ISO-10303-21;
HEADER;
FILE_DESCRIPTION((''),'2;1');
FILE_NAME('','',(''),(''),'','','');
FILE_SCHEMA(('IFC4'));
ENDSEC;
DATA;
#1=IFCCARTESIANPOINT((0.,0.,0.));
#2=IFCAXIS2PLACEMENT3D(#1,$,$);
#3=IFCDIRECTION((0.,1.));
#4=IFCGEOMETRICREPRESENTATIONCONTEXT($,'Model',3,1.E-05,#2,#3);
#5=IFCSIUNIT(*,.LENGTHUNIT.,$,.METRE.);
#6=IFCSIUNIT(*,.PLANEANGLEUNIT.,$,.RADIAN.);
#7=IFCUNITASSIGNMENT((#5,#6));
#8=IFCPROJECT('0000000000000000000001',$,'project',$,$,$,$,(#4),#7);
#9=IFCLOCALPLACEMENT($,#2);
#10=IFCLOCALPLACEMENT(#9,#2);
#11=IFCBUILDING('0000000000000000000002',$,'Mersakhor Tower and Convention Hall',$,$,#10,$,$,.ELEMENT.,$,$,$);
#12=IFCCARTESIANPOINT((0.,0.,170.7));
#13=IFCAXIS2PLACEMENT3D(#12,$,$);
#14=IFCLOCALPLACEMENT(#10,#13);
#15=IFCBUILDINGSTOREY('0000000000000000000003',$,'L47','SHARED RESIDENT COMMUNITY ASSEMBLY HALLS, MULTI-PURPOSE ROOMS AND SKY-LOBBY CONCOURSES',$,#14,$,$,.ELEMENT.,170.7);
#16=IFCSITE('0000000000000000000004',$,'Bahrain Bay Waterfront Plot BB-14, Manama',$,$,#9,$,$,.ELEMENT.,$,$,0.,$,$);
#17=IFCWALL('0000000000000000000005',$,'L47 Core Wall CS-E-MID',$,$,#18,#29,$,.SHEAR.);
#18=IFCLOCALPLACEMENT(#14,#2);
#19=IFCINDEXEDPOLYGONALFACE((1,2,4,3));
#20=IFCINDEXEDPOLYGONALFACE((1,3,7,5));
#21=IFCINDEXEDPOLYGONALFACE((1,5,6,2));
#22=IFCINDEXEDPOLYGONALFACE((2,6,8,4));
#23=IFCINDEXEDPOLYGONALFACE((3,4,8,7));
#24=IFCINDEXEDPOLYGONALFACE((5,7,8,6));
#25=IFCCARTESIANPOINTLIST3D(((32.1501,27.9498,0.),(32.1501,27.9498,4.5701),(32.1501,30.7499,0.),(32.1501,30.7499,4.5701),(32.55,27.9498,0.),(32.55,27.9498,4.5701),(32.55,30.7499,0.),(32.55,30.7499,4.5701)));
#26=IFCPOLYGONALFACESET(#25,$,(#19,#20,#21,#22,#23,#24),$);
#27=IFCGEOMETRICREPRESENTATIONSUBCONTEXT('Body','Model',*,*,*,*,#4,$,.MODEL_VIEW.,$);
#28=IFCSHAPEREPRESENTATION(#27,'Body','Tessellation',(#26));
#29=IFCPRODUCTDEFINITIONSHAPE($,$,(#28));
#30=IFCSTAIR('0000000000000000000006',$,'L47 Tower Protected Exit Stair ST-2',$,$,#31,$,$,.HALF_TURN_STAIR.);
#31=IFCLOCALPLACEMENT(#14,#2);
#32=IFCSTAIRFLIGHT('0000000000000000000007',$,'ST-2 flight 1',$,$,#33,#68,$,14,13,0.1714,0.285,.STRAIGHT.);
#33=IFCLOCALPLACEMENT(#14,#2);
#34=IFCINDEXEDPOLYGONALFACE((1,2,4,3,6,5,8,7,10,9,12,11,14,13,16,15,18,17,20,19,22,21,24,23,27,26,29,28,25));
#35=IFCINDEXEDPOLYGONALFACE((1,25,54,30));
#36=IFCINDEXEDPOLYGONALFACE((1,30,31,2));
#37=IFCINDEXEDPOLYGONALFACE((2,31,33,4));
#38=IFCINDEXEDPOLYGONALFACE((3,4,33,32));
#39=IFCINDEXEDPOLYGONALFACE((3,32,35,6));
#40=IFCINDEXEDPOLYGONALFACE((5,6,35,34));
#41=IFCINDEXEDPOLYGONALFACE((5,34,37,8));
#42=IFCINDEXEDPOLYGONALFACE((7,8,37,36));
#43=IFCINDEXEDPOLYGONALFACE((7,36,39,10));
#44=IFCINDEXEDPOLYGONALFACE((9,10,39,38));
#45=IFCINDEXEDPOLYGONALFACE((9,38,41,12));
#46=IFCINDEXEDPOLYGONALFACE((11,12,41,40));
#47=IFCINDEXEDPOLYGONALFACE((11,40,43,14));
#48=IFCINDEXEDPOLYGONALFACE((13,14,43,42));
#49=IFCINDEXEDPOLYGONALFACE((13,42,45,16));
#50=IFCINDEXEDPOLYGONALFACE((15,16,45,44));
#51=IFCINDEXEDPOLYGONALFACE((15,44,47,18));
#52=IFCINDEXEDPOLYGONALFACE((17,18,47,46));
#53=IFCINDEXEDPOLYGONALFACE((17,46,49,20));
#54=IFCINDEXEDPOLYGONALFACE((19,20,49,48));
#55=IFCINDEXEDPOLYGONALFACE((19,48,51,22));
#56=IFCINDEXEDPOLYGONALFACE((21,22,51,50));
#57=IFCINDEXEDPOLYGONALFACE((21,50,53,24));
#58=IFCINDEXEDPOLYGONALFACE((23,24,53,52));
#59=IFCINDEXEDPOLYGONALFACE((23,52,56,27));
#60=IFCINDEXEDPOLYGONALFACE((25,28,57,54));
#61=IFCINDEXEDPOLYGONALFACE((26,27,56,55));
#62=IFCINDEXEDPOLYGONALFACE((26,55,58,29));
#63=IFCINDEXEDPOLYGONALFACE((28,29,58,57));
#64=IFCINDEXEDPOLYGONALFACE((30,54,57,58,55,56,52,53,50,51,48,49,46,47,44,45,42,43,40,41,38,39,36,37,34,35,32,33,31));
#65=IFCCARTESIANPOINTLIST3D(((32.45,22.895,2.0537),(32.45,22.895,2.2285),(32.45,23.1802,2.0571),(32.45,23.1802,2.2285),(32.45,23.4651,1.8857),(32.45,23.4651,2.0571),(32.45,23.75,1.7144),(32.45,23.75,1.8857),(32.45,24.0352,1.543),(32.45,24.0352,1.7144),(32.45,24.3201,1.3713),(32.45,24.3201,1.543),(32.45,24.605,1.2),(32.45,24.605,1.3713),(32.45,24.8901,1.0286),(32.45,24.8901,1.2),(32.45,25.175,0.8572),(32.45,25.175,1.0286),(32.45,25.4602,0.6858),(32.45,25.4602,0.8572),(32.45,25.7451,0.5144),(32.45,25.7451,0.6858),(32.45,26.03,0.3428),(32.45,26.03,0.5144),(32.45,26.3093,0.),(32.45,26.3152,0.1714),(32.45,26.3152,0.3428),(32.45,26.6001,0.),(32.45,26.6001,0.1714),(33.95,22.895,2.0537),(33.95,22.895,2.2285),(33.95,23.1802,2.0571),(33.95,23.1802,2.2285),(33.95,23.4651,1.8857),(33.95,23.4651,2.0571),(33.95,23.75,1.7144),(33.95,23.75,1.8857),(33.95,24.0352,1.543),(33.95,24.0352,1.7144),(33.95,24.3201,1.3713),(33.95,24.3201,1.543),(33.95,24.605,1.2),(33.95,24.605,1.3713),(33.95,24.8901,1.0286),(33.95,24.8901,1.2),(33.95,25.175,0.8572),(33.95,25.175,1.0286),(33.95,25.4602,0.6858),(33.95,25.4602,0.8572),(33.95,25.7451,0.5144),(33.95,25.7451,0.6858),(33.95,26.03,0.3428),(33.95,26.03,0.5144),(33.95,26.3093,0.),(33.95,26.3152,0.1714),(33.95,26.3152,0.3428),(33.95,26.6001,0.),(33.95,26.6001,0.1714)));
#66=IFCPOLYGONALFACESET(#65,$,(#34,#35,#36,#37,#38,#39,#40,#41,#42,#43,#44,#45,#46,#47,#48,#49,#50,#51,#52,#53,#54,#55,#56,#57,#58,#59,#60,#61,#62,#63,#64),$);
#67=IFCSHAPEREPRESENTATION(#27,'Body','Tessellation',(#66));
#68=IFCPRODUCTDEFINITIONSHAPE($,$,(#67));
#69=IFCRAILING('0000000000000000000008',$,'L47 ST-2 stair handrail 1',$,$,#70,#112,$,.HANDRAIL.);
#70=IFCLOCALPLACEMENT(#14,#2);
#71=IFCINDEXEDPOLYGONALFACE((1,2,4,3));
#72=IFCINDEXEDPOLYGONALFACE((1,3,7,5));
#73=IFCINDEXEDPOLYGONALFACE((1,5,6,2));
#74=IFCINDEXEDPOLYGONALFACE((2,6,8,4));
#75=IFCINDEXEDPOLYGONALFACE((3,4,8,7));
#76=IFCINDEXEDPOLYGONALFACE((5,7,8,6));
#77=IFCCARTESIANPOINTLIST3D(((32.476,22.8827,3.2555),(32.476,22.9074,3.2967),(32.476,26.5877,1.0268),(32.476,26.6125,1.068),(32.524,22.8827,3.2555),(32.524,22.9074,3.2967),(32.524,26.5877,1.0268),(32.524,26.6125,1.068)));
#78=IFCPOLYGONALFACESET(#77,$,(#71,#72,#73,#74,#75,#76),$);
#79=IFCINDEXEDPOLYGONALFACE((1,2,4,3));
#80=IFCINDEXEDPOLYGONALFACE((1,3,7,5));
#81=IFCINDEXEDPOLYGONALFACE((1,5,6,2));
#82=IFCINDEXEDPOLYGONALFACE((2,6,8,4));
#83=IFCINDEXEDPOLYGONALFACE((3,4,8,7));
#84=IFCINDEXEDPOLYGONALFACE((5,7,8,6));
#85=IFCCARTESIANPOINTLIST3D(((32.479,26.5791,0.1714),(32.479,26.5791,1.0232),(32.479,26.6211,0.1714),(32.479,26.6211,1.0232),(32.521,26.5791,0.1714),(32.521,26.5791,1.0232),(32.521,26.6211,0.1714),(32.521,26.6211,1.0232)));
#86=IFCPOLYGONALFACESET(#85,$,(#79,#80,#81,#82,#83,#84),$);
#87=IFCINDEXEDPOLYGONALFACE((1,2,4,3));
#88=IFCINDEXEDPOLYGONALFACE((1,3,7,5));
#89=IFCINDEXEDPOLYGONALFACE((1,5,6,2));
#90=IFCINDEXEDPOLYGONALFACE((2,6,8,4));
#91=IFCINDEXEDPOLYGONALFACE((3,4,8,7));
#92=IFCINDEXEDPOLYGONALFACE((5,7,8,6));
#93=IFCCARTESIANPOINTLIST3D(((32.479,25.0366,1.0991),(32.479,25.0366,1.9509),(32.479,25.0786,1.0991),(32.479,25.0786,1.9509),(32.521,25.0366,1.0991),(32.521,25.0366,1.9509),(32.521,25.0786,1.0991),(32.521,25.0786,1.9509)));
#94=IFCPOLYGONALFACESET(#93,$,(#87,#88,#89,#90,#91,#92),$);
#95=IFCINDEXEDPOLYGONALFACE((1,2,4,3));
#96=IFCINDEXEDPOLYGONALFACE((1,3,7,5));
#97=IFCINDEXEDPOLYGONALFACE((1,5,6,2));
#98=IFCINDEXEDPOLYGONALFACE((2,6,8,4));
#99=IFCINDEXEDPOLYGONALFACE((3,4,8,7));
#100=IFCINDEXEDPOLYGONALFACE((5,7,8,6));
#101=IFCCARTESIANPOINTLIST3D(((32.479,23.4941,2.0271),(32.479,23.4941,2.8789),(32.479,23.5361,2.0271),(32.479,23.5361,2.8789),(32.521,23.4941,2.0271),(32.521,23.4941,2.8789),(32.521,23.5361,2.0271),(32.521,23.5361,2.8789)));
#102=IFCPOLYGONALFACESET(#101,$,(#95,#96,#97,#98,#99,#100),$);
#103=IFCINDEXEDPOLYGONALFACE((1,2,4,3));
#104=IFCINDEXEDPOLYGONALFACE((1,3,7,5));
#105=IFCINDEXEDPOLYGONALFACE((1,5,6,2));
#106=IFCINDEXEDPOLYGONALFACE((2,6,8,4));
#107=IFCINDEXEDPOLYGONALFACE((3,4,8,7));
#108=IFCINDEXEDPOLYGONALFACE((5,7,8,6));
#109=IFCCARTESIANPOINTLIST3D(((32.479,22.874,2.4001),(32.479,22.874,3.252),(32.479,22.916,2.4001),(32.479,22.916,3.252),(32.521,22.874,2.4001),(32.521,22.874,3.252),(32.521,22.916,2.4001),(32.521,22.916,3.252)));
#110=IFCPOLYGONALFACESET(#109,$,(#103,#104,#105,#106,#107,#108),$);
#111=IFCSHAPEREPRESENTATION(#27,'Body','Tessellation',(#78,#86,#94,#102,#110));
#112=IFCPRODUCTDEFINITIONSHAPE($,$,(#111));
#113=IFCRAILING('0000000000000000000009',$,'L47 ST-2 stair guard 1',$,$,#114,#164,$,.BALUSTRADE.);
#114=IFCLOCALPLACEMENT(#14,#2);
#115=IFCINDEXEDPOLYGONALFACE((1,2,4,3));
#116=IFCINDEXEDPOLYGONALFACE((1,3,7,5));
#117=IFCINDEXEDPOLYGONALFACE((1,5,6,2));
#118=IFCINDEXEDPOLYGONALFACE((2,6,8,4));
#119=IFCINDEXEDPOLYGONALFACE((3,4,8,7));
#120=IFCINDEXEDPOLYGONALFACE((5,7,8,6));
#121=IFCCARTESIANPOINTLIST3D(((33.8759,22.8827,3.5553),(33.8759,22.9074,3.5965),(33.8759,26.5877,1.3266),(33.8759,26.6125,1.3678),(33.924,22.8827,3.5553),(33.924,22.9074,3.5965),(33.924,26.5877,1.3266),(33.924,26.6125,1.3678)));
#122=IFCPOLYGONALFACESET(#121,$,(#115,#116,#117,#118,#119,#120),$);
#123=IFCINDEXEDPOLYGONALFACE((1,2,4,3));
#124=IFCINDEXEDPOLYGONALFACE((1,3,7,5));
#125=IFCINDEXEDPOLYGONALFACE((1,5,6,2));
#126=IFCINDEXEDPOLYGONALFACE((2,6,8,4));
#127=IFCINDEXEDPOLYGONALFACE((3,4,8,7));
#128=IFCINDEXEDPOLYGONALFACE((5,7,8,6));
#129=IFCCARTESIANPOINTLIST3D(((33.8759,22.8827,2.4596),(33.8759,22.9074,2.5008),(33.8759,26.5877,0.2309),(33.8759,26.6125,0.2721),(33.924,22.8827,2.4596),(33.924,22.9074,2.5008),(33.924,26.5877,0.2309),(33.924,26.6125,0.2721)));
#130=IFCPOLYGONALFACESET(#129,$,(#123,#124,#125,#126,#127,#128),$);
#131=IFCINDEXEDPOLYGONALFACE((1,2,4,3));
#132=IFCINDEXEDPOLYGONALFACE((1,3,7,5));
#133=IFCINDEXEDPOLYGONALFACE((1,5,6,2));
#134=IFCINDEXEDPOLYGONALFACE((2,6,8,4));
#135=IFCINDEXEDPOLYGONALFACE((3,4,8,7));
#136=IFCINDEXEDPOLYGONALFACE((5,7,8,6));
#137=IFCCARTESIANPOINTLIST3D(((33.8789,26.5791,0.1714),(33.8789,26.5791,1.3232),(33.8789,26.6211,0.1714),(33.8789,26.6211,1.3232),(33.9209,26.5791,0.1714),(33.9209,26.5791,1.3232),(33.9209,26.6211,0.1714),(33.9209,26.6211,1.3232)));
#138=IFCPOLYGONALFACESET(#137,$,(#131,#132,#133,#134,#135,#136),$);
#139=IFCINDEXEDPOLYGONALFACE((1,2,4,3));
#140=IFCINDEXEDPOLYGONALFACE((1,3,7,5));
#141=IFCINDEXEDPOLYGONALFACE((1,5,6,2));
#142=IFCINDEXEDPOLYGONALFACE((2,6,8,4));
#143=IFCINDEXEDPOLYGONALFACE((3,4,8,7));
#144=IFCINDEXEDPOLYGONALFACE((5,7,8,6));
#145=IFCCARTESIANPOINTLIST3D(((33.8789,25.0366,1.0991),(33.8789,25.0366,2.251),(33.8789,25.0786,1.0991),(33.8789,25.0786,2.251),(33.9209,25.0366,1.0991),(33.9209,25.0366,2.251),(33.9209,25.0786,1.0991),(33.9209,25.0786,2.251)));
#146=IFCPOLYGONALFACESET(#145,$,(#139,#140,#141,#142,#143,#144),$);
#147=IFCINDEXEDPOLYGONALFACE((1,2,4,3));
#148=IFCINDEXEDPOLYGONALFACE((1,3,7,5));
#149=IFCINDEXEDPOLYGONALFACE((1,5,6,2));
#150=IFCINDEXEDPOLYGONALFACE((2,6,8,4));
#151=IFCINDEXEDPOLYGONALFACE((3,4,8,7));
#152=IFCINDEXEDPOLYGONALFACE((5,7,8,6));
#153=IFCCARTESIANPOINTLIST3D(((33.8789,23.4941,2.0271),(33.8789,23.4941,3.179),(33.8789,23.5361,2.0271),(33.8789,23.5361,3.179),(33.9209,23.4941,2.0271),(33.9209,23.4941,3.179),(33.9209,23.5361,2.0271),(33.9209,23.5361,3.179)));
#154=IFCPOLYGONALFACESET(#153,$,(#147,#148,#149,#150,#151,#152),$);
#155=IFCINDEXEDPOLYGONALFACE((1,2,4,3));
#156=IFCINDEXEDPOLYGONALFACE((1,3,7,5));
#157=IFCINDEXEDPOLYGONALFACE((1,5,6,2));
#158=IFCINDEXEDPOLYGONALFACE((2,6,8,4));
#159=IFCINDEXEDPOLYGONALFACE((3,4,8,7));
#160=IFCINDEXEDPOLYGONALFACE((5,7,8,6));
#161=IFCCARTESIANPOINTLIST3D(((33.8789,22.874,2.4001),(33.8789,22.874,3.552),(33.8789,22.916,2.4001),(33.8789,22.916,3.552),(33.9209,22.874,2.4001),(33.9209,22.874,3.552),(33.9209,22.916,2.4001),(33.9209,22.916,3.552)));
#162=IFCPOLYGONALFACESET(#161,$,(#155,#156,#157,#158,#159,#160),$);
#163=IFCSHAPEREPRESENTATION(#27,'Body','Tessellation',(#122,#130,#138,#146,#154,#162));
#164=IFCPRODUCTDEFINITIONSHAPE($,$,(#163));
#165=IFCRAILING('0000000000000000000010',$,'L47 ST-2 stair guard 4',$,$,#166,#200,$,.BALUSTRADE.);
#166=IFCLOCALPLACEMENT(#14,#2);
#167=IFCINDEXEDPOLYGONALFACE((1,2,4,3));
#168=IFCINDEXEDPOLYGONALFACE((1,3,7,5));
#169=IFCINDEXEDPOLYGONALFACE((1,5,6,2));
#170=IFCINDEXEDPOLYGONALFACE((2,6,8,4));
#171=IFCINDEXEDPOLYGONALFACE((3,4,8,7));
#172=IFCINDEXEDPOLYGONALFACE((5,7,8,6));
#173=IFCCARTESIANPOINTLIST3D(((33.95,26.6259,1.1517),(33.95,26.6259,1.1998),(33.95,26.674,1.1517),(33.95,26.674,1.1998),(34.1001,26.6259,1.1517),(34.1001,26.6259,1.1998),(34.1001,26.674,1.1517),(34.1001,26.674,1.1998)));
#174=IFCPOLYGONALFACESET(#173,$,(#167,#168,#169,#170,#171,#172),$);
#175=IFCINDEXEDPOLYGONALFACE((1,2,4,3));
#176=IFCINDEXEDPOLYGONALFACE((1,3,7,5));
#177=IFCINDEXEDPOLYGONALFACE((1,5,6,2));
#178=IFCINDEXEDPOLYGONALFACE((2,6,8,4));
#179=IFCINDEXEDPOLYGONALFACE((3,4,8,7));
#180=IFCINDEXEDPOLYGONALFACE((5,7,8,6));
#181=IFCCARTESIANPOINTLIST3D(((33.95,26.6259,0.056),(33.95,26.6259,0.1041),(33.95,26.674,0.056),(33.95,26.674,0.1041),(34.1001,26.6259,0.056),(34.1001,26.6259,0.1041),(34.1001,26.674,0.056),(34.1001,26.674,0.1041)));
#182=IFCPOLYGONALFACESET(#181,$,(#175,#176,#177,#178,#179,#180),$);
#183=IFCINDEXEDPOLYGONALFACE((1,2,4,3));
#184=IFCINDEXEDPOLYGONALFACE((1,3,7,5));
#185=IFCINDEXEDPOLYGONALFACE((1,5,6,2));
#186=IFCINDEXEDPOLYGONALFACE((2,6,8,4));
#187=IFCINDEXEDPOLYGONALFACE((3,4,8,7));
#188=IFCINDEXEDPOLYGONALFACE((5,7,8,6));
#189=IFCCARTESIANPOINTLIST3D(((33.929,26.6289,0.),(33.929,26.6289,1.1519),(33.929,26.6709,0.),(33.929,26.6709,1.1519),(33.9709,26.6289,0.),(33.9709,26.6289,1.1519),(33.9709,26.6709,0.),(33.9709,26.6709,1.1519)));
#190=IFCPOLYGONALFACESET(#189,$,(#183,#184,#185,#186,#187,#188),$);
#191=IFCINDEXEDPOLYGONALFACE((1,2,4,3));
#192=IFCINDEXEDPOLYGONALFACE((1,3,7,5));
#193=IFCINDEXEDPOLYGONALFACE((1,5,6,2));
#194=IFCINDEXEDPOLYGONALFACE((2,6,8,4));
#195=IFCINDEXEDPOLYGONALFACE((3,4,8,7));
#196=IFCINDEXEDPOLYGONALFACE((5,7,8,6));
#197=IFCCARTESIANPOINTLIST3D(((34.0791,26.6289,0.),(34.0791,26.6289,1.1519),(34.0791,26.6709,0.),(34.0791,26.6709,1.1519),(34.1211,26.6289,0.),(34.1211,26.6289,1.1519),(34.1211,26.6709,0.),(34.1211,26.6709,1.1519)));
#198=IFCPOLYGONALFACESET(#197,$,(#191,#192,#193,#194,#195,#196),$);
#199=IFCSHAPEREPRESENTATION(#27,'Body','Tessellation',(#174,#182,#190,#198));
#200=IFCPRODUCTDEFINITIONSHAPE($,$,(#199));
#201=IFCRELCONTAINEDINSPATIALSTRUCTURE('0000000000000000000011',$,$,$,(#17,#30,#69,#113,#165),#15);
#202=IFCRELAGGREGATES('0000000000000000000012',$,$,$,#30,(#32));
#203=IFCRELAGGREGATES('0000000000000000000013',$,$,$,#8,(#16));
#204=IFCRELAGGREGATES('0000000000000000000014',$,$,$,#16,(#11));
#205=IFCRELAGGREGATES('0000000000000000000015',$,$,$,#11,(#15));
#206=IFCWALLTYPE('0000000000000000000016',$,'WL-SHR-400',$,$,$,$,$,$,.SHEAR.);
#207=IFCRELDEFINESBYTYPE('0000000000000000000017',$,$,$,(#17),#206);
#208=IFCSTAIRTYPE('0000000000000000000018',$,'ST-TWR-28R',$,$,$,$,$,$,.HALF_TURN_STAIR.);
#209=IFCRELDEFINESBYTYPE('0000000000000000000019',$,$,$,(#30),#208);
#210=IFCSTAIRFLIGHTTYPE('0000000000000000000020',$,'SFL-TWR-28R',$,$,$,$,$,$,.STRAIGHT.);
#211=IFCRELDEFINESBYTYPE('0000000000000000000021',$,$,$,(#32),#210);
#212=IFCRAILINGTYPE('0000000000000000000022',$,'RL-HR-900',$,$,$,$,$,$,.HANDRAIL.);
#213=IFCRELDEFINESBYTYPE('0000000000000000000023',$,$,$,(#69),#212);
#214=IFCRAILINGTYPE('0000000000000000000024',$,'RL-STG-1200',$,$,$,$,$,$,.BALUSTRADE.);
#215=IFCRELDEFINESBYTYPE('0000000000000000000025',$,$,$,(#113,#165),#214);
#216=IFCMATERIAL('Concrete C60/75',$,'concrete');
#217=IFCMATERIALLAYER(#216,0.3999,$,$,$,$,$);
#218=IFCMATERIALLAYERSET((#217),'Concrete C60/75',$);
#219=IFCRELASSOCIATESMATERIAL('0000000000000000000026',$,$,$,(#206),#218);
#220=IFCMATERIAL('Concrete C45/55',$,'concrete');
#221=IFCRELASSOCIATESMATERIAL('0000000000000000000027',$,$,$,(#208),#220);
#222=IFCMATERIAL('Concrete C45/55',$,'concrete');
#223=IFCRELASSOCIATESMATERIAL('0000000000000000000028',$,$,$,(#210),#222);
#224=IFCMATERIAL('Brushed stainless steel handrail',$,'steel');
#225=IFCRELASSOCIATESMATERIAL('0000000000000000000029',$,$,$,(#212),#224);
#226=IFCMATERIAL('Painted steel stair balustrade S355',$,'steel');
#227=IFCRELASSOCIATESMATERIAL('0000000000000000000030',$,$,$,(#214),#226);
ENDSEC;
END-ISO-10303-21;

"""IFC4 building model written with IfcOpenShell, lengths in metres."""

from ifc_helpers import new_model, si_unit, direction, frame, frame_2d, origin, origin_2d, place, context, subcontext, project, spatial, polyline, rectangle, outline, extrude, material, layer, layer_set, type_object, element, aggregate, save


model = new_model("IFC4")

# Units and contexts
model_context = context("Model", 3, precision=1e-05, world=origin(), true_north=direction((0.0, 1.0)))
body_context = subcontext(model_context, "Body", "Model", "MODEL_VIEW")
ifc_project = project(units=[si_unit("LENGTHUNIT", "METRE"), si_unit("PLANEANGLEUNIT", "RADIAN")], contexts=[model_context])

# Site, building, storey
site_placement = place(None, origin())
site = spatial("IfcSite", under=ifc_project, at=site_placement, Name="Bahrain Bay Waterfront Plot BB-14, Manama", CompositionType="ELEMENT", RefElevation=0.0)
building_placement = place(site_placement, origin())
building = spatial("IfcBuilding", under=site, at=building_placement, Name="Mersakhor Tower and Convention Hall", CompositionType="ELEMENT")
storey_placement = place(building_placement, frame((0.0, 0.0, 170.7)))
storey = spatial("IfcBuildingStorey", under=building, at=storey_placement, Name="L47", Description="SHARED RESIDENT COMMUNITY ASSEMBLY HALLS, MULTI-PURPOSE ROOMS AND SKY-LOBBY CONCOURSES", CompositionType="ELEMENT", Elevation=170.7)

# Wall
ifc_material_1 = material(Name="Concrete C60/75", Category="concrete")
ifc_layer_1 = layer(ifc_material_1, 0.3999)
ifc_layer_set_1 = layer_set([ifc_layer_1], Name="Concrete C60/75")
wall_type_1 = type_object("IfcWallType", Name="WL-SHR-400", PredefinedType="SHEAR", material=ifc_layer_set_1)
wall_1_placement = place(storey_placement, frame((32.3501, 27.95, 0.0), z_axis=(0.0, 0.0, 1.0), x_axis=(0.0, 1.0, 0.0)))
element("IfcWall", 1, at=wall_1_placement, inside=storey, type_object=wall_type_1, Name="L47 Core Wall CS-E-MID", PredefinedType="SHEAR", context=body_context, shape_type="SweptSolid", body=[
    extrude(rectangle(XDim=2.8, YDim=0.3999, at=frame_2d((1.3999, 0.0))), origin(), (0.0, 0.0, 1.0), 4.5701),
])

# Stair, stair flight
ifc_material_2 = material(Name="Concrete C45/55", Category="concrete")
stair_type = type_object("IfcStairType", Name="ST-TWR-28R", PredefinedType="HALF_TURN_STAIR", material=ifc_material_2)
stair_placement = place(storey_placement, origin())
stair = element("IfcStair", 2, at=stair_placement, inside=storey, type_object=stair_type, Name="L47 Tower Protected Exit Stair ST-2", PredefinedType="HALF_TURN_STAIR")
ifc_material_3 = material(Name="Concrete C45/55", Category="concrete")
stair_flight_type = type_object("IfcStairFlightType", Name="SFL-TWR-28R", PredefinedType="STRAIGHT", material=ifc_material_3)
stair_flight_placement = place(storey_placement, frame((33.2, 26.6001, 0.0), z_axis=(0.0, 0.0, 1.0), x_axis=(0.0, -1.0, 0.0)))
stair_flight = element("IfcStairFlight", 3, at=stair_flight_placement, type_object=stair_flight_type, Name="ST-2 flight 1", NumberOfRisers=14, NumberOfTreads=13, PredefinedType="STRAIGHT", RiserHeight=0.1714, TreadLength=0.285, context=body_context, shape_type="SweptSolid", body=[
    extrude(outline(polyline([(0.0, 0.0), (0.0, 0.1714), (0.2849, 0.1714), (0.2849, 0.3428), (0.5701, 0.3428), (0.5701, 0.5144), (0.855, 0.5144), (0.855, 0.6858), (1.1399, 0.6858), (1.1399, 0.8572), (1.425, 0.8572), (1.425, 1.0286), (1.71, 1.0286), (1.71, 1.2), (1.9951, 1.2), (1.9951, 1.3713), (2.28, 1.3713), (2.28, 1.543), (2.5649, 1.543), (2.5649, 1.7144), (2.8501, 1.7144), (2.8501, 1.8857), (3.135, 1.8857), (3.135, 2.0571), (3.4199, 2.0571), (3.4199, 2.2285), (3.7051, 2.2285), (3.7051, 2.3999), (3.7051, 2.0537), (0.2908, 0.0), (0.0, 0.0)])), frame((0.0, 0.75, 0.0), z_axis=(0.0, -1.0, 0.0), x_axis=(1.0, 0.0, 0.0)), (0.0, 0.0, 1.0), 1.5),
])
aggregate(stair, [stair_flight])

# Railings
ifc_material_4 = material(Name="Brushed stainless steel handrail", Category="steel")
railing_type_1 = type_object("IfcRailingType", Name="RL-HR-900", PredefinedType="HANDRAIL", material=ifc_material_4)
railing_1_placement = place(storey_placement, frame((32.5, 26.6001, 0.1714)))
element("IfcRailing", 4, at=railing_1_placement, inside=storey, type_object=railing_type_1, Name="L47 ST-2 stair handrail 1", PredefinedType="HANDRAIL", context=body_context, shape_type="SweptSolid", body=[
    extrude(rectangle(XDim=0.0481, YDim=0.0481, at=origin_2d()), frame((0.0, 0.0, 0.876), z_axis=(0.0, -0.856909, 0.515467), x_axis=(1.0, 0.0, 0.0)), (0.0, 0.0, 1.0), 4.3237),
    extrude(rectangle(XDim=0.042, YDim=0.042, at=origin_2d()), origin(), (0.0, 0.0, 1.0), 0.8518),
    extrude(rectangle(XDim=0.042, YDim=0.042, at=origin_2d()), frame((0.0, -1.5425, 0.9277)), (0.0, 0.0, 1.0), 0.8518),
    extrude(rectangle(XDim=0.042, YDim=0.042, at=origin_2d()), frame((0.0, -3.085, 1.8557)), (0.0, 0.0, 1.0), 0.8518),
    extrude(rectangle(XDim=0.042, YDim=0.042, at=origin_2d()), frame((0.0, -3.7051, 2.2288)), (0.0, 0.0, 1.0), 0.8518),
])
ifc_material_5 = material(Name="Painted steel stair balustrade S355", Category="steel")
railing_type_2 = type_object("IfcRailingType", Name="RL-STG-1200", PredefinedType="BALUSTRADE", material=ifc_material_5)
railing_2_placement = place(storey_placement, frame((33.8999, 26.6001, 0.1714)))
element("IfcRailing", 5, at=railing_2_placement, inside=storey, type_object=railing_type_2, Name="L47 ST-2 stair guard 1", PredefinedType="BALUSTRADE", context=body_context, shape_type="SweptSolid", body=[
    extrude(rectangle(XDim=0.0481, YDim=0.0481, at=origin_2d()), frame((0.0, 0.0, 1.1758), z_axis=(0.0, -0.856909, 0.515467), x_axis=(1.0, 0.0, 0.0)), (0.0, 0.0, 1.0), 4.3237),
    extrude(rectangle(XDim=0.0481, YDim=0.0481, at=origin_2d()), frame((0.0, 0.0, 0.0801), z_axis=(0.0, -0.856909, 0.515467), x_axis=(1.0, 0.0, 0.0)), (0.0, 0.0, 1.0), 4.3237),
    extrude(rectangle(XDim=0.042, YDim=0.042, at=origin_2d()), origin(), (0.0, 0.0, 1.0), 1.1519),
    extrude(rectangle(XDim=0.042, YDim=0.042, at=origin_2d()), frame((0.0, -1.5425, 0.9277)), (0.0, 0.0, 1.0), 1.1519),
    extrude(rectangle(XDim=0.042, YDim=0.042, at=origin_2d()), frame((0.0, -3.085, 1.8557)), (0.0, 0.0, 1.0), 1.1519),
    extrude(rectangle(XDim=0.042, YDim=0.042, at=origin_2d()), frame((0.0, -3.7051, 2.2288)), (0.0, 0.0, 1.0), 1.1519),
])
railing_3_placement = place(storey_placement, frame((33.95, 26.6499, 0.0)))
element("IfcRailing", 6, at=railing_3_placement, inside=storey, type_object=railing_type_2, Name="L47 ST-2 stair guard 4", PredefinedType="BALUSTRADE", context=body_context, shape_type="SweptSolid", body=[
    extrude(rectangle(XDim=0.0481, YDim=0.0481, at=origin_2d()), frame((0.0, 0.0, 1.1758), z_axis=(1.0, 0.0, 0.0), x_axis=(0.0, 1.0, 0.0)), (0.0, 0.0, 1.0), 0.1501),
    extrude(rectangle(XDim=0.0481, YDim=0.0481, at=origin_2d()), frame((0.0, 0.0, 0.0801), z_axis=(1.0, 0.0, 0.0), x_axis=(0.0, 1.0, 0.0)), (0.0, 0.0, 1.0), 0.1501),
    extrude(rectangle(XDim=0.042, YDim=0.042, at=origin_2d()), origin(), (0.0, 0.0, 1.0), 1.1519),
    extrude(rectangle(XDim=0.042, YDim=0.042, at=origin_2d()), frame((0.1501, 0.0, 0.0)), (0.0, 0.0, 1.0), 1.1519),
])

save(model, "model.ifc")
